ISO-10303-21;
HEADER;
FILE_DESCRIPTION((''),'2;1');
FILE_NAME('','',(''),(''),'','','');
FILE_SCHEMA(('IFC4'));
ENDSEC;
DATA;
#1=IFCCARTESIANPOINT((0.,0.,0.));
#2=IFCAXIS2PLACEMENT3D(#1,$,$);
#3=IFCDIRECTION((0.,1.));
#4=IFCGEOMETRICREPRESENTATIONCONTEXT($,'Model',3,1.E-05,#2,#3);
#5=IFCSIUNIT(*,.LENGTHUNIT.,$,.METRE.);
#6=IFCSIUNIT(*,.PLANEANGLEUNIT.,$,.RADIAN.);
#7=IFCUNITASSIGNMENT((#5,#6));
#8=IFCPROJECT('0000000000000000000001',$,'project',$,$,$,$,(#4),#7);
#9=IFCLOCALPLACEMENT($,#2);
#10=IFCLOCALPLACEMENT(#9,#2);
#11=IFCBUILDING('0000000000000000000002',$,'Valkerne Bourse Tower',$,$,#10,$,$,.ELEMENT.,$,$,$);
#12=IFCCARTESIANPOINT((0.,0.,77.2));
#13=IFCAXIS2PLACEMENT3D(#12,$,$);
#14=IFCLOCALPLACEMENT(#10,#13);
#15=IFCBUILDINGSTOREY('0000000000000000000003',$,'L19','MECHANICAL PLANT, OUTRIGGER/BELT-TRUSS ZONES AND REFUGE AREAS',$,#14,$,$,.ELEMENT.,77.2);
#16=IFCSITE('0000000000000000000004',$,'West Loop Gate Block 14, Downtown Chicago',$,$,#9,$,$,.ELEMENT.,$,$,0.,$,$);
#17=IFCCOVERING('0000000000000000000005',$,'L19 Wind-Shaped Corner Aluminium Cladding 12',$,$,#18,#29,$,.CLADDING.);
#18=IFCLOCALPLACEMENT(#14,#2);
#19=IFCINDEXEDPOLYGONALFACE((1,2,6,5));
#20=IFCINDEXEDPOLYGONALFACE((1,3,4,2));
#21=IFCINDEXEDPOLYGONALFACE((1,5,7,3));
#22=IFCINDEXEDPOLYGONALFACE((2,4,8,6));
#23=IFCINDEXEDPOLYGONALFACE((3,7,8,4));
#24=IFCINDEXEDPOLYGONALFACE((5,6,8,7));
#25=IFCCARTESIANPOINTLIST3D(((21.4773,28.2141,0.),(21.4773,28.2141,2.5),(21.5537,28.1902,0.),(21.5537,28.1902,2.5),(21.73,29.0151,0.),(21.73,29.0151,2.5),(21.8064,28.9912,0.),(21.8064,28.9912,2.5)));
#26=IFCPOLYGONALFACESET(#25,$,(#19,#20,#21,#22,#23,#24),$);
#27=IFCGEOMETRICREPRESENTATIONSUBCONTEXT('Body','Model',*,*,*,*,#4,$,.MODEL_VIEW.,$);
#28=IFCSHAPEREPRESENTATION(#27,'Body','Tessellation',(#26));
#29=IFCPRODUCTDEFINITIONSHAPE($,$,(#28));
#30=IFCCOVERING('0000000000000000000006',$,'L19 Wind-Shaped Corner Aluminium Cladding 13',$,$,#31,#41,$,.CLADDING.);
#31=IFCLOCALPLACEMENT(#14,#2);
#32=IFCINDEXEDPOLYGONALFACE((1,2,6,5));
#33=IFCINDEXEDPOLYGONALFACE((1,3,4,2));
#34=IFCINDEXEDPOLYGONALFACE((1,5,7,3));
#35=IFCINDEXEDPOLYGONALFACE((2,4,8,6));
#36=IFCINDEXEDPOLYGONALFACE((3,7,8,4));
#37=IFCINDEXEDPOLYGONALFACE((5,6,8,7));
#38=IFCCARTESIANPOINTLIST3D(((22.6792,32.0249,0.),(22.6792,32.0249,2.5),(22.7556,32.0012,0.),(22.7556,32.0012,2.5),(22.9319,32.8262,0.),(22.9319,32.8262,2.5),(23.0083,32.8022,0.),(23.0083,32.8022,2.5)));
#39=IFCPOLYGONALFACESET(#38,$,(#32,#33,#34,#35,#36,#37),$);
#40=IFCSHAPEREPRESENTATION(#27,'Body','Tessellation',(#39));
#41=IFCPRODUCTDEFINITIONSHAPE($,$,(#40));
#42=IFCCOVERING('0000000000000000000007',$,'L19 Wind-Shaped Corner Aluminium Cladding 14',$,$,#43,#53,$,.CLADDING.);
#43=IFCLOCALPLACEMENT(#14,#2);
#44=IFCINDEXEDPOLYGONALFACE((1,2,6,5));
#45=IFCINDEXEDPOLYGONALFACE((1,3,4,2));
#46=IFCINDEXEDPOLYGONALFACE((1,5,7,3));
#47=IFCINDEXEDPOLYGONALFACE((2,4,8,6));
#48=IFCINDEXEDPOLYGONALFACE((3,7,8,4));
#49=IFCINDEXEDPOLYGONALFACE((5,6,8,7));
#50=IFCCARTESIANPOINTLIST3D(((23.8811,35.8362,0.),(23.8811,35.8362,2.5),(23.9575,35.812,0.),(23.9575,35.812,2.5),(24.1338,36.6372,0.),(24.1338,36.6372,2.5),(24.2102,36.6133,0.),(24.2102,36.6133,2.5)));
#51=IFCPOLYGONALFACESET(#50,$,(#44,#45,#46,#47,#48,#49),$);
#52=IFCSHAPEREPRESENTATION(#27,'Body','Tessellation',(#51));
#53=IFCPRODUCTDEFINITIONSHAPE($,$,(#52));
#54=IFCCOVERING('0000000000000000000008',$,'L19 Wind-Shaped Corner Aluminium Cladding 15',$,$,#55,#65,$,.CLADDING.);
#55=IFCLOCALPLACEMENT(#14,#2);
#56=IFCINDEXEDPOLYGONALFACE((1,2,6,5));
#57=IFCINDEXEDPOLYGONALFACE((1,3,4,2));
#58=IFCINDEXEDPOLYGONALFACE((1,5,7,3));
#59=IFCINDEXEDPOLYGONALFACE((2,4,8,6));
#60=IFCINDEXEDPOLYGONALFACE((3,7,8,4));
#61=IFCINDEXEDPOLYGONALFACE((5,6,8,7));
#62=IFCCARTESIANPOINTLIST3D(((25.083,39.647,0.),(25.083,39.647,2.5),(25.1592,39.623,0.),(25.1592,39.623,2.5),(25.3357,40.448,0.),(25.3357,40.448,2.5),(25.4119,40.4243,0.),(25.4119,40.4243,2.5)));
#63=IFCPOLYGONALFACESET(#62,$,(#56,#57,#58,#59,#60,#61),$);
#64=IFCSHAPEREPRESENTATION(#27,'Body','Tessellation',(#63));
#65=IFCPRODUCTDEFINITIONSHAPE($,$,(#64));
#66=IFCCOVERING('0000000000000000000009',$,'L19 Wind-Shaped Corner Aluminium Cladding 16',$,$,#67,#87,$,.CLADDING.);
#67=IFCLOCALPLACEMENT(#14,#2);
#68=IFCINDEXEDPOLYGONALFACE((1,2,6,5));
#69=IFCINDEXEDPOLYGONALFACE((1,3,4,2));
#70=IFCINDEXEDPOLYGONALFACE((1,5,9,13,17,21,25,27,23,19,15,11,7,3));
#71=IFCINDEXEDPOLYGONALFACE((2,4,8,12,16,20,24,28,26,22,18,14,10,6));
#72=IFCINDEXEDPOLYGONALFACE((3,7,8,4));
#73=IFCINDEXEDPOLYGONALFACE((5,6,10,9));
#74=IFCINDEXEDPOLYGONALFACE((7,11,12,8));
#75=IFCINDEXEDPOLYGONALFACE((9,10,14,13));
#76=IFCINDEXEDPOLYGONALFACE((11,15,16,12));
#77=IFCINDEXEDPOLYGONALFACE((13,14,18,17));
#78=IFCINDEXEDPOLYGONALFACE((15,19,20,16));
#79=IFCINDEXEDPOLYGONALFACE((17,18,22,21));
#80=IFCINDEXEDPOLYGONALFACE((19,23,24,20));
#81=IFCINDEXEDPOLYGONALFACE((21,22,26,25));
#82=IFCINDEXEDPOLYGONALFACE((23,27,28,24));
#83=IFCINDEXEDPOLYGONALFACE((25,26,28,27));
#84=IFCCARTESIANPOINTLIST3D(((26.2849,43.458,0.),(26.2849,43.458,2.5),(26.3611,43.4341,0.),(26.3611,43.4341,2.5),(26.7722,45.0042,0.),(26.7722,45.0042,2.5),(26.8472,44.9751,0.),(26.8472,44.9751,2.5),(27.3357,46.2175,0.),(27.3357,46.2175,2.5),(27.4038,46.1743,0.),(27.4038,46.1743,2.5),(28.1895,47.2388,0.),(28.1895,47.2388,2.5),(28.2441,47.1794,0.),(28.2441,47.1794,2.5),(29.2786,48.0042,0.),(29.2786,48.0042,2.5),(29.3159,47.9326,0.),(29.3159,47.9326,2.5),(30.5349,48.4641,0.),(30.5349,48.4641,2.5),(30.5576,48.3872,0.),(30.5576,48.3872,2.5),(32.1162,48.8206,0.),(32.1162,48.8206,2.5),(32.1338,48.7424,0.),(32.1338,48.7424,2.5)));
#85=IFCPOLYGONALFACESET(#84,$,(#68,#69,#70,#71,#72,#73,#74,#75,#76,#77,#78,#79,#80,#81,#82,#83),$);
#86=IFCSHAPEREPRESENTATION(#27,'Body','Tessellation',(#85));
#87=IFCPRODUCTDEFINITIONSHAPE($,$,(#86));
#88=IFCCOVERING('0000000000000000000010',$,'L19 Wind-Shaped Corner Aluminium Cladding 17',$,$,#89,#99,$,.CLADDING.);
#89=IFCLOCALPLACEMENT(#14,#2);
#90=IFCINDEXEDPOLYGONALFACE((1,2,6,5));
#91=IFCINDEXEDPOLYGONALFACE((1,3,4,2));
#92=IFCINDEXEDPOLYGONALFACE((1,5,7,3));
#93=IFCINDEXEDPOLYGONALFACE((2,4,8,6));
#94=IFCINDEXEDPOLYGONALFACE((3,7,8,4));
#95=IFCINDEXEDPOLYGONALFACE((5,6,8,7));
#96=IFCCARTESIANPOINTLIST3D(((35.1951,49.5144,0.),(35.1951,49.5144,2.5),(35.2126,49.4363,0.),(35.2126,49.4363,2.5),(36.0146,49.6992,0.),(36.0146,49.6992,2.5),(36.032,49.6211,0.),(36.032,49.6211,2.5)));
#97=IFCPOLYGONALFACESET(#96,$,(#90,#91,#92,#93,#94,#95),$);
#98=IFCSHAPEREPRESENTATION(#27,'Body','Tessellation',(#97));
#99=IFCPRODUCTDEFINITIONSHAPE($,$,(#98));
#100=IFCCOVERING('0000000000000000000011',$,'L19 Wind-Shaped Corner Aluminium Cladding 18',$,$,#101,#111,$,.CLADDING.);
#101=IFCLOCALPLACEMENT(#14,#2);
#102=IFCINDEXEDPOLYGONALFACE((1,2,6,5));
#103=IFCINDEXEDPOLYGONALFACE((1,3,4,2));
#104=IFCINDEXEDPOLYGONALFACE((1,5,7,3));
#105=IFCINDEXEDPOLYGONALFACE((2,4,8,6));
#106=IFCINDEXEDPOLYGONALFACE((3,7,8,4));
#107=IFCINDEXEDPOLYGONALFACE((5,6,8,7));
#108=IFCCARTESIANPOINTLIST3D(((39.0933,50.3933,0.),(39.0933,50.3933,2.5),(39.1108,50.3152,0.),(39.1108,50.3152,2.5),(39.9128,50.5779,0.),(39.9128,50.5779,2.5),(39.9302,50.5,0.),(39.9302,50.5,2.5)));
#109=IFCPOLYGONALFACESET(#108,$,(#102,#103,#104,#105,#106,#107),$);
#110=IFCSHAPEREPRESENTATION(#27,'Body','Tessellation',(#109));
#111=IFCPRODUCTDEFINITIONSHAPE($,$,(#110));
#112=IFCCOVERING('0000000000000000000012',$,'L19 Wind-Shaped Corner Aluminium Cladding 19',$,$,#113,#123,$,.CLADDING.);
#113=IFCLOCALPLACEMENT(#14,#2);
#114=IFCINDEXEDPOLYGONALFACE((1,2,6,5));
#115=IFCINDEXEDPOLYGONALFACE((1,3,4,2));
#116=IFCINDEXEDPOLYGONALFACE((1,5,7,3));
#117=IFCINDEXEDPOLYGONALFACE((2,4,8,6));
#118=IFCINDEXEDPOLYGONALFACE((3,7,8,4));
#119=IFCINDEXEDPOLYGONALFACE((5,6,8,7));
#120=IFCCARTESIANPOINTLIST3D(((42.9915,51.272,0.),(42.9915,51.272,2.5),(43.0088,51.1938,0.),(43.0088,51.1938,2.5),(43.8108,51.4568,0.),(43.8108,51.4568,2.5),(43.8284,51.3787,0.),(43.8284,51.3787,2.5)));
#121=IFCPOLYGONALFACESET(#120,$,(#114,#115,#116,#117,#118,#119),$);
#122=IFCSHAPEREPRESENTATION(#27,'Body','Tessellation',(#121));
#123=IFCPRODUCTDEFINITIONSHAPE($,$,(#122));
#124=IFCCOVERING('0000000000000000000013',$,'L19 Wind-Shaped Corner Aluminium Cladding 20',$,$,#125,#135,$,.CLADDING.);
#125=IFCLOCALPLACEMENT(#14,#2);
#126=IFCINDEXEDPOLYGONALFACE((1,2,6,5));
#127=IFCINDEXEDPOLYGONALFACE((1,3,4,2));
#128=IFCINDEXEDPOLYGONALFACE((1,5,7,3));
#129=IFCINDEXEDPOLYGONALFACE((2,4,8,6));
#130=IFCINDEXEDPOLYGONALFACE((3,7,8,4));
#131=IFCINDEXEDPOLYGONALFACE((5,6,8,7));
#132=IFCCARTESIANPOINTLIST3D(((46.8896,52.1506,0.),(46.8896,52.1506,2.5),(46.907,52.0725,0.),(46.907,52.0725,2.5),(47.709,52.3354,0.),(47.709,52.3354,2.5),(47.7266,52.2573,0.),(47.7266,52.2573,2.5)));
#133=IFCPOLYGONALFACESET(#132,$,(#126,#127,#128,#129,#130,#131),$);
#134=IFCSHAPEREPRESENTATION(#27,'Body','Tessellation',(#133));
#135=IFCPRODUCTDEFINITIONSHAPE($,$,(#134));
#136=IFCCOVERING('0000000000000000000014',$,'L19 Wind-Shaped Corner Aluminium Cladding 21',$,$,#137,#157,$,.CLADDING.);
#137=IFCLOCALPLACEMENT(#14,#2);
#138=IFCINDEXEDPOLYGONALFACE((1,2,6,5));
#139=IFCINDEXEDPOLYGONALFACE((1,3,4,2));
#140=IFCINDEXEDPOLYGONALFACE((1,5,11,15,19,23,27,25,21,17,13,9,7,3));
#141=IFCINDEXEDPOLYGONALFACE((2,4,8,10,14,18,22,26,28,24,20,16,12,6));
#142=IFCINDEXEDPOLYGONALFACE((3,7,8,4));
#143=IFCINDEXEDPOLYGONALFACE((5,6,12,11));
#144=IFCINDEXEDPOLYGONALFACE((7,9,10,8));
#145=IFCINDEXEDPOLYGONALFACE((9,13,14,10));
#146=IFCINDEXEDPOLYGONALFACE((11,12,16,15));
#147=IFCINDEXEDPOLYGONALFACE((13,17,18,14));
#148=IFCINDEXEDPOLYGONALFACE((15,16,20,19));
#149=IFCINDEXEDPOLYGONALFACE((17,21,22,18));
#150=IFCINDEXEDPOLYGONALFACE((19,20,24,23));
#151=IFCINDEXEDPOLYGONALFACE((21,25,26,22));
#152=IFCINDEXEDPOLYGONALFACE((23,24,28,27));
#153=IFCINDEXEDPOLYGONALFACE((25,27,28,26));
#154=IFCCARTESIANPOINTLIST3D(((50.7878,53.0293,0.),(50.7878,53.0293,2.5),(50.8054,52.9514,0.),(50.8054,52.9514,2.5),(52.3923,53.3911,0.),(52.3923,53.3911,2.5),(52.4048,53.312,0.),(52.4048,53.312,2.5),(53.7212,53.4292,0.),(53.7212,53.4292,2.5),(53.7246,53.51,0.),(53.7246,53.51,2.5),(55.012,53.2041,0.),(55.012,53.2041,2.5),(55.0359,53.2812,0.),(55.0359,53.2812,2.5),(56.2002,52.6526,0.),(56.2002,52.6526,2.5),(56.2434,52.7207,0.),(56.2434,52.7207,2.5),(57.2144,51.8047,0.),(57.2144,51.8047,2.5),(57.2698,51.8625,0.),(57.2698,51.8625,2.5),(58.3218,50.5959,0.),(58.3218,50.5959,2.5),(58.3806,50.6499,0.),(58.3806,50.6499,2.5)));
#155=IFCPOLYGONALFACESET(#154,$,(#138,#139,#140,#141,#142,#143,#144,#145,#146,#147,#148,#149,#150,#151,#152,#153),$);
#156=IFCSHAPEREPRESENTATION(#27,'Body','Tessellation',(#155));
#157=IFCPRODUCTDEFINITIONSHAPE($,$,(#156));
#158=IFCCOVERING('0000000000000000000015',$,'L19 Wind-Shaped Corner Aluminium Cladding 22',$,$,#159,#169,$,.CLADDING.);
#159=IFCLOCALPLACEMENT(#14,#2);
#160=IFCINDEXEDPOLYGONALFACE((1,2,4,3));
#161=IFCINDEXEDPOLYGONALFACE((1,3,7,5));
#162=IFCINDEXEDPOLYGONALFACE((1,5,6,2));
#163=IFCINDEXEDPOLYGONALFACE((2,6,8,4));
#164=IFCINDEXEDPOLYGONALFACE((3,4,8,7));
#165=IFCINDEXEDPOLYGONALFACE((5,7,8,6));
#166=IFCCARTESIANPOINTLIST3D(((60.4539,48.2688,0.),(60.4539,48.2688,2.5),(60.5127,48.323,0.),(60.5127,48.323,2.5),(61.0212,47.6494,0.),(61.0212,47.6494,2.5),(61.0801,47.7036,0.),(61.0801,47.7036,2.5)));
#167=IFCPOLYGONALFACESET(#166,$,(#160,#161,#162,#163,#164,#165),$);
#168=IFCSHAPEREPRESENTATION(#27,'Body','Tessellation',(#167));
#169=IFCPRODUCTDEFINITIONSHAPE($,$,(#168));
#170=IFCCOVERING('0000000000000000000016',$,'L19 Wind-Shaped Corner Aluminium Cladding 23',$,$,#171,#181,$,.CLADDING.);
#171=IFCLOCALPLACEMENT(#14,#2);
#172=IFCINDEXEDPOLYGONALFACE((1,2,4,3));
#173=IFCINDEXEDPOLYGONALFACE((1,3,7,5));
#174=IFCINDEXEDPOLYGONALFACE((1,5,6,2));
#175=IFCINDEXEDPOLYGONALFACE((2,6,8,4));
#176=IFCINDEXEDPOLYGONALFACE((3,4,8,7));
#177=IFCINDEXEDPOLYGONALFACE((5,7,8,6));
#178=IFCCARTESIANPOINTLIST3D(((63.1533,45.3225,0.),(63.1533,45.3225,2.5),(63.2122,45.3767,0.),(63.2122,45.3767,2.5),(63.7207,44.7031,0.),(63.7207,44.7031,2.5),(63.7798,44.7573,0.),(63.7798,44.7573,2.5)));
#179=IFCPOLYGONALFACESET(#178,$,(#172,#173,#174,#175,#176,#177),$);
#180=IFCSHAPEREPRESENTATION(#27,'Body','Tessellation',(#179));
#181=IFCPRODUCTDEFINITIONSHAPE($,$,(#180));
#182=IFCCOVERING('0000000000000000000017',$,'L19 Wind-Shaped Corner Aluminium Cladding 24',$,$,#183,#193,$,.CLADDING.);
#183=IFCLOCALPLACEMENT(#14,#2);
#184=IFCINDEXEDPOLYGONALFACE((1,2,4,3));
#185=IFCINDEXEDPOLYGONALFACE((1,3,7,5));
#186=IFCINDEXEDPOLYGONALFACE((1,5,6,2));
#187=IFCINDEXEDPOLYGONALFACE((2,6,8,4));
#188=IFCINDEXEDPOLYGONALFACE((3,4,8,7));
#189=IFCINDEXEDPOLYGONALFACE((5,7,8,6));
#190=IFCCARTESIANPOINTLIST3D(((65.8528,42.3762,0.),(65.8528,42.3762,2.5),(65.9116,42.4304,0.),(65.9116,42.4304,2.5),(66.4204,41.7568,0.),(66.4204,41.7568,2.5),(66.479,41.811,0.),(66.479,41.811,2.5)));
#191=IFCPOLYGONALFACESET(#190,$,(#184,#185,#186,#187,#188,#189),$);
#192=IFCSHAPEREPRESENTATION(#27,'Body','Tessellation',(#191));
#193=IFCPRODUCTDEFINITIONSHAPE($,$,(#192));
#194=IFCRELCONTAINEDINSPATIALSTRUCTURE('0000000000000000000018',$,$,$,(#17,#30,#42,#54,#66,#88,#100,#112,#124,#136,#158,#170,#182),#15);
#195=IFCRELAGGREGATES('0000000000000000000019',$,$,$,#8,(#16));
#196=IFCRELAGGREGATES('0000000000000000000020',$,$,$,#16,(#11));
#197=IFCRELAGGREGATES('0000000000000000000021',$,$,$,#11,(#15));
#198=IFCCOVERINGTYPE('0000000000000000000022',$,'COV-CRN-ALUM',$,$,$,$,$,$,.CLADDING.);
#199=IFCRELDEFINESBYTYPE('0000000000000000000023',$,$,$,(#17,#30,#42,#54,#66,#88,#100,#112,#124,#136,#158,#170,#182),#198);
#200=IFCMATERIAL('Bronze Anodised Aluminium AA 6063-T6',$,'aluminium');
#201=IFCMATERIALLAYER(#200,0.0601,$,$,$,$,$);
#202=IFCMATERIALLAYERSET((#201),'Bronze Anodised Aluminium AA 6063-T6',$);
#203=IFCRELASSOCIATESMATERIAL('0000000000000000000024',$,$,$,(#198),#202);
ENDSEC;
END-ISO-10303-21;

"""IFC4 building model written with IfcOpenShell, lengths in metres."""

from ifc_helpers import new_model, si_unit, direction, frame, origin, place, context, subcontext, project, spatial, polyline, outline, extrude, material, layer, layer_set, type_object, element, save


model = new_model("IFC4")

# Units and contexts
model_context = context("Model", 3, precision=1e-05, world=origin(), true_north=direction((0.0, 1.0)))
body_context = subcontext(model_context, "Body", "Model", "MODEL_VIEW")
ifc_project = project(units=[si_unit("LENGTHUNIT", "METRE"), si_unit("PLANEANGLEUNIT", "RADIAN")], contexts=[model_context])

# Site, building, storey
site_placement = place(None, origin())
site = spatial("IfcSite", under=ifc_project, at=site_placement, Name="West Loop Gate Block 14, Downtown Chicago", CompositionType="ELEMENT", RefElevation=0.0)
building_placement = place(site_placement, origin())
building = spatial("IfcBuilding", under=site, at=building_placement, Name="Valkerne Bourse Tower", CompositionType="ELEMENT")
storey_placement = place(building_placement, frame((0.0, 0.0, 77.2)))
storey = spatial("IfcBuildingStorey", under=building, at=storey_placement, Name="L19", Description="MECHANICAL PLANT, OUTRIGGER/BELT-TRUSS ZONES AND REFUGE AREAS", CompositionType="ELEMENT", Elevation=77.2)

# Coverings
ifc_material_1 = material(Name="Bronze Anodised Aluminium AA 6063-T6", Category="aluminium")
ifc_layer_1 = layer(ifc_material_1, 0.0601)
ifc_layer_set_1 = layer_set([ifc_layer_1], Name="Bronze Anodised Aluminium AA 6063-T6")
covering_type = type_object("IfcCoveringType", Name="COV-CRN-ALUM", PredefinedType="CLADDING", material=ifc_layer_set_1)
covering_1_placement = place(storey_placement, origin())
element("IfcCovering", 1, at=covering_1_placement, inside=storey, type_object=covering_type, Name="L19 Wind-Shaped Corner Aluminium Cladding 12", PredefinedType="CLADDING", context=body_context, shape_type="SweptSolid", body=[
    extrude(outline(polyline([(21.73, 29.0151), (21.8064, 28.9912), (21.5537, 28.1902), (21.4773, 28.2141), (21.73, 29.0151)])), origin(), (0.0, 0.0, 1.0), 2.5),
])
covering_2_placement = place(storey_placement, origin())
element("IfcCovering", 2, at=covering_2_placement, inside=storey, type_object=covering_type, Name="L19 Wind-Shaped Corner Aluminium Cladding 13", PredefinedType="CLADDING", context=body_context, shape_type="SweptSolid", body=[
    extrude(outline(polyline([(22.9319, 32.8262), (23.0083, 32.8022), (22.7556, 32.0012), (22.6792, 32.0249), (22.9319, 32.8262)])), origin(), (0.0, 0.0, 1.0), 2.5),
])
covering_3_placement = place(storey_placement, origin())
element("IfcCovering", 3, at=covering_3_placement, inside=storey, type_object=covering_type, Name="L19 Wind-Shaped Corner Aluminium Cladding 14", PredefinedType="CLADDING", context=body_context, shape_type="SweptSolid", body=[
    extrude(outline(polyline([(24.1338, 36.6372), (24.2102, 36.6133), (23.9575, 35.812), (23.8811, 35.8362), (24.1338, 36.6372)])), origin(), (0.0, 0.0, 1.0), 2.5),
])
covering_4_placement = place(storey_placement, origin())
element("IfcCovering", 4, at=covering_4_placement, inside=storey, type_object=covering_type, Name="L19 Wind-Shaped Corner Aluminium Cladding 15", PredefinedType="CLADDING", context=body_context, shape_type="SweptSolid", body=[
    extrude(outline(polyline([(25.3357, 40.448), (25.4119, 40.4243), (25.1592, 39.623), (25.083, 39.647), (25.3357, 40.448)])), origin(), (0.0, 0.0, 1.0), 2.5),
])
covering_5_placement = place(storey_placement, origin())
element("IfcCovering", 5, at=covering_5_placement, inside=storey, type_object=covering_type, Name="L19 Wind-Shaped Corner Aluminium Cladding 16", PredefinedType="CLADDING", context=body_context, shape_type="SweptSolid", body=[
    extrude(outline(polyline([(26.7722, 45.0042), (27.3357, 46.2175), (28.1895, 47.2388), (29.2786, 48.0042), (30.5349, 48.4641), (32.1162, 48.8206), (32.1338, 48.7424), (30.5576, 48.3872), (29.3159, 47.9326), (28.2441, 47.1794), (27.4038, 46.1743), (26.8472, 44.9751), (26.3611, 43.4341), (26.2849, 43.458), (26.7722, 45.0042)])), origin(), (0.0, 0.0, 1.0), 2.5),
])
covering_6_placement = place(storey_placement, origin())
element("IfcCovering", 6, at=covering_6_placement, inside=storey, type_object=covering_type, Name="L19 Wind-Shaped Corner Aluminium Cladding 17", PredefinedType="CLADDING", context=body_context, shape_type="SweptSolid", body=[
    extrude(outline(polyline([(36.0146, 49.6992), (36.032, 49.6211), (35.2126, 49.4363), (35.1951, 49.5144), (36.0146, 49.6992)])), origin(), (0.0, 0.0, 1.0), 2.5),
])
covering_7_placement = place(storey_placement, origin())
element("IfcCovering", 7, at=covering_7_placement, inside=storey, type_object=covering_type, Name="L19 Wind-Shaped Corner Aluminium Cladding 18", PredefinedType="CLADDING", context=body_context, shape_type="SweptSolid", body=[
    extrude(outline(polyline([(39.9128, 50.5779), (39.9302, 50.5), (39.1108, 50.3152), (39.0933, 50.3933), (39.9128, 50.5779)])), origin(), (0.0, 0.0, 1.0), 2.5),
])
covering_8_placement = place(storey_placement, origin())
element("IfcCovering", 8, at=covering_8_placement, inside=storey, type_object=covering_type, Name="L19 Wind-Shaped Corner Aluminium Cladding 19", PredefinedType="CLADDING", context=body_context, shape_type="SweptSolid", body=[
    extrude(outline(polyline([(43.8108, 51.4568), (43.8284, 51.3787), (43.0088, 51.1938), (42.9915, 51.272), (43.8108, 51.4568)])), origin(), (0.0, 0.0, 1.0), 2.5),
])
covering_9_placement = place(storey_placement, origin())
element("IfcCovering", 9, at=covering_9_placement, inside=storey, type_object=covering_type, Name="L19 Wind-Shaped Corner Aluminium Cladding 20", PredefinedType="CLADDING", context=body_context, shape_type="SweptSolid", body=[
    extrude(outline(polyline([(47.709, 52.3354), (47.7266, 52.2573), (46.907, 52.0725), (46.8896, 52.1506), (47.709, 52.3354)])), origin(), (0.0, 0.0, 1.0), 2.5),
])
covering_10_placement = place(storey_placement, origin())
element("IfcCovering", 10, at=covering_10_placement, inside=storey, type_object=covering_type, Name="L19 Wind-Shaped Corner Aluminium Cladding 21", PredefinedType="CLADDING", context=body_context, shape_type="SweptSolid", body=[
    extrude(outline(polyline([(52.3923, 53.3911), (53.7246, 53.51), (55.0359, 53.2812), (56.2434, 52.7207), (57.2698, 51.8625), (58.3806, 50.6499), (58.3218, 50.5959), (57.2144, 51.8047), (56.2002, 52.6526), (55.012, 53.2041), (53.7212, 53.4292), (52.4048, 53.312), (50.8054, 52.9514), (50.7878, 53.0293), (52.3923, 53.3911)])), origin(), (0.0, 0.0, 1.0), 2.5),
])
covering_11_placement = place(storey_placement, origin())
element("IfcCovering", 11, at=covering_11_placement, inside=storey, type_object=covering_type, Name="L19 Wind-Shaped Corner Aluminium Cladding 22", PredefinedType="CLADDING", context=body_context, shape_type="SweptSolid", body=[
    extrude(outline(polyline([(61.0801, 47.7036), (61.0212, 47.6494), (60.4539, 48.2688), (60.5127, 48.323), (61.0801, 47.7036)])), origin(), (0.0, 0.0, 1.0), 2.5),
])
covering_12_placement = place(storey_placement, origin())
element("IfcCovering", 12, at=covering_12_placement, inside=storey, type_object=covering_type, Name="L19 Wind-Shaped Corner Aluminium Cladding 23", PredefinedType="CLADDING", context=body_context, shape_type="SweptSolid", body=[
    extrude(outline(polyline([(63.7798, 44.7573), (63.7207, 44.7031), (63.1533, 45.3225), (63.2122, 45.3767), (63.7798, 44.7573)])), origin(), (0.0, 0.0, 1.0), 2.5),
])
covering_13_placement = place(storey_placement, origin())
element("IfcCovering", 13, at=covering_13_placement, inside=storey, type_object=covering_type, Name="L19 Wind-Shaped Corner Aluminium Cladding 24", PredefinedType="CLADDING", context=body_context, shape_type="SweptSolid", body=[
    extrude(outline(polyline([(66.479, 41.811), (66.4204, 41.7568), (65.8528, 42.3762), (65.9116, 42.4304), (66.479, 41.811)])), origin(), (0.0, 0.0, 1.0), 2.5),
])

save(model, "model.ifc")
